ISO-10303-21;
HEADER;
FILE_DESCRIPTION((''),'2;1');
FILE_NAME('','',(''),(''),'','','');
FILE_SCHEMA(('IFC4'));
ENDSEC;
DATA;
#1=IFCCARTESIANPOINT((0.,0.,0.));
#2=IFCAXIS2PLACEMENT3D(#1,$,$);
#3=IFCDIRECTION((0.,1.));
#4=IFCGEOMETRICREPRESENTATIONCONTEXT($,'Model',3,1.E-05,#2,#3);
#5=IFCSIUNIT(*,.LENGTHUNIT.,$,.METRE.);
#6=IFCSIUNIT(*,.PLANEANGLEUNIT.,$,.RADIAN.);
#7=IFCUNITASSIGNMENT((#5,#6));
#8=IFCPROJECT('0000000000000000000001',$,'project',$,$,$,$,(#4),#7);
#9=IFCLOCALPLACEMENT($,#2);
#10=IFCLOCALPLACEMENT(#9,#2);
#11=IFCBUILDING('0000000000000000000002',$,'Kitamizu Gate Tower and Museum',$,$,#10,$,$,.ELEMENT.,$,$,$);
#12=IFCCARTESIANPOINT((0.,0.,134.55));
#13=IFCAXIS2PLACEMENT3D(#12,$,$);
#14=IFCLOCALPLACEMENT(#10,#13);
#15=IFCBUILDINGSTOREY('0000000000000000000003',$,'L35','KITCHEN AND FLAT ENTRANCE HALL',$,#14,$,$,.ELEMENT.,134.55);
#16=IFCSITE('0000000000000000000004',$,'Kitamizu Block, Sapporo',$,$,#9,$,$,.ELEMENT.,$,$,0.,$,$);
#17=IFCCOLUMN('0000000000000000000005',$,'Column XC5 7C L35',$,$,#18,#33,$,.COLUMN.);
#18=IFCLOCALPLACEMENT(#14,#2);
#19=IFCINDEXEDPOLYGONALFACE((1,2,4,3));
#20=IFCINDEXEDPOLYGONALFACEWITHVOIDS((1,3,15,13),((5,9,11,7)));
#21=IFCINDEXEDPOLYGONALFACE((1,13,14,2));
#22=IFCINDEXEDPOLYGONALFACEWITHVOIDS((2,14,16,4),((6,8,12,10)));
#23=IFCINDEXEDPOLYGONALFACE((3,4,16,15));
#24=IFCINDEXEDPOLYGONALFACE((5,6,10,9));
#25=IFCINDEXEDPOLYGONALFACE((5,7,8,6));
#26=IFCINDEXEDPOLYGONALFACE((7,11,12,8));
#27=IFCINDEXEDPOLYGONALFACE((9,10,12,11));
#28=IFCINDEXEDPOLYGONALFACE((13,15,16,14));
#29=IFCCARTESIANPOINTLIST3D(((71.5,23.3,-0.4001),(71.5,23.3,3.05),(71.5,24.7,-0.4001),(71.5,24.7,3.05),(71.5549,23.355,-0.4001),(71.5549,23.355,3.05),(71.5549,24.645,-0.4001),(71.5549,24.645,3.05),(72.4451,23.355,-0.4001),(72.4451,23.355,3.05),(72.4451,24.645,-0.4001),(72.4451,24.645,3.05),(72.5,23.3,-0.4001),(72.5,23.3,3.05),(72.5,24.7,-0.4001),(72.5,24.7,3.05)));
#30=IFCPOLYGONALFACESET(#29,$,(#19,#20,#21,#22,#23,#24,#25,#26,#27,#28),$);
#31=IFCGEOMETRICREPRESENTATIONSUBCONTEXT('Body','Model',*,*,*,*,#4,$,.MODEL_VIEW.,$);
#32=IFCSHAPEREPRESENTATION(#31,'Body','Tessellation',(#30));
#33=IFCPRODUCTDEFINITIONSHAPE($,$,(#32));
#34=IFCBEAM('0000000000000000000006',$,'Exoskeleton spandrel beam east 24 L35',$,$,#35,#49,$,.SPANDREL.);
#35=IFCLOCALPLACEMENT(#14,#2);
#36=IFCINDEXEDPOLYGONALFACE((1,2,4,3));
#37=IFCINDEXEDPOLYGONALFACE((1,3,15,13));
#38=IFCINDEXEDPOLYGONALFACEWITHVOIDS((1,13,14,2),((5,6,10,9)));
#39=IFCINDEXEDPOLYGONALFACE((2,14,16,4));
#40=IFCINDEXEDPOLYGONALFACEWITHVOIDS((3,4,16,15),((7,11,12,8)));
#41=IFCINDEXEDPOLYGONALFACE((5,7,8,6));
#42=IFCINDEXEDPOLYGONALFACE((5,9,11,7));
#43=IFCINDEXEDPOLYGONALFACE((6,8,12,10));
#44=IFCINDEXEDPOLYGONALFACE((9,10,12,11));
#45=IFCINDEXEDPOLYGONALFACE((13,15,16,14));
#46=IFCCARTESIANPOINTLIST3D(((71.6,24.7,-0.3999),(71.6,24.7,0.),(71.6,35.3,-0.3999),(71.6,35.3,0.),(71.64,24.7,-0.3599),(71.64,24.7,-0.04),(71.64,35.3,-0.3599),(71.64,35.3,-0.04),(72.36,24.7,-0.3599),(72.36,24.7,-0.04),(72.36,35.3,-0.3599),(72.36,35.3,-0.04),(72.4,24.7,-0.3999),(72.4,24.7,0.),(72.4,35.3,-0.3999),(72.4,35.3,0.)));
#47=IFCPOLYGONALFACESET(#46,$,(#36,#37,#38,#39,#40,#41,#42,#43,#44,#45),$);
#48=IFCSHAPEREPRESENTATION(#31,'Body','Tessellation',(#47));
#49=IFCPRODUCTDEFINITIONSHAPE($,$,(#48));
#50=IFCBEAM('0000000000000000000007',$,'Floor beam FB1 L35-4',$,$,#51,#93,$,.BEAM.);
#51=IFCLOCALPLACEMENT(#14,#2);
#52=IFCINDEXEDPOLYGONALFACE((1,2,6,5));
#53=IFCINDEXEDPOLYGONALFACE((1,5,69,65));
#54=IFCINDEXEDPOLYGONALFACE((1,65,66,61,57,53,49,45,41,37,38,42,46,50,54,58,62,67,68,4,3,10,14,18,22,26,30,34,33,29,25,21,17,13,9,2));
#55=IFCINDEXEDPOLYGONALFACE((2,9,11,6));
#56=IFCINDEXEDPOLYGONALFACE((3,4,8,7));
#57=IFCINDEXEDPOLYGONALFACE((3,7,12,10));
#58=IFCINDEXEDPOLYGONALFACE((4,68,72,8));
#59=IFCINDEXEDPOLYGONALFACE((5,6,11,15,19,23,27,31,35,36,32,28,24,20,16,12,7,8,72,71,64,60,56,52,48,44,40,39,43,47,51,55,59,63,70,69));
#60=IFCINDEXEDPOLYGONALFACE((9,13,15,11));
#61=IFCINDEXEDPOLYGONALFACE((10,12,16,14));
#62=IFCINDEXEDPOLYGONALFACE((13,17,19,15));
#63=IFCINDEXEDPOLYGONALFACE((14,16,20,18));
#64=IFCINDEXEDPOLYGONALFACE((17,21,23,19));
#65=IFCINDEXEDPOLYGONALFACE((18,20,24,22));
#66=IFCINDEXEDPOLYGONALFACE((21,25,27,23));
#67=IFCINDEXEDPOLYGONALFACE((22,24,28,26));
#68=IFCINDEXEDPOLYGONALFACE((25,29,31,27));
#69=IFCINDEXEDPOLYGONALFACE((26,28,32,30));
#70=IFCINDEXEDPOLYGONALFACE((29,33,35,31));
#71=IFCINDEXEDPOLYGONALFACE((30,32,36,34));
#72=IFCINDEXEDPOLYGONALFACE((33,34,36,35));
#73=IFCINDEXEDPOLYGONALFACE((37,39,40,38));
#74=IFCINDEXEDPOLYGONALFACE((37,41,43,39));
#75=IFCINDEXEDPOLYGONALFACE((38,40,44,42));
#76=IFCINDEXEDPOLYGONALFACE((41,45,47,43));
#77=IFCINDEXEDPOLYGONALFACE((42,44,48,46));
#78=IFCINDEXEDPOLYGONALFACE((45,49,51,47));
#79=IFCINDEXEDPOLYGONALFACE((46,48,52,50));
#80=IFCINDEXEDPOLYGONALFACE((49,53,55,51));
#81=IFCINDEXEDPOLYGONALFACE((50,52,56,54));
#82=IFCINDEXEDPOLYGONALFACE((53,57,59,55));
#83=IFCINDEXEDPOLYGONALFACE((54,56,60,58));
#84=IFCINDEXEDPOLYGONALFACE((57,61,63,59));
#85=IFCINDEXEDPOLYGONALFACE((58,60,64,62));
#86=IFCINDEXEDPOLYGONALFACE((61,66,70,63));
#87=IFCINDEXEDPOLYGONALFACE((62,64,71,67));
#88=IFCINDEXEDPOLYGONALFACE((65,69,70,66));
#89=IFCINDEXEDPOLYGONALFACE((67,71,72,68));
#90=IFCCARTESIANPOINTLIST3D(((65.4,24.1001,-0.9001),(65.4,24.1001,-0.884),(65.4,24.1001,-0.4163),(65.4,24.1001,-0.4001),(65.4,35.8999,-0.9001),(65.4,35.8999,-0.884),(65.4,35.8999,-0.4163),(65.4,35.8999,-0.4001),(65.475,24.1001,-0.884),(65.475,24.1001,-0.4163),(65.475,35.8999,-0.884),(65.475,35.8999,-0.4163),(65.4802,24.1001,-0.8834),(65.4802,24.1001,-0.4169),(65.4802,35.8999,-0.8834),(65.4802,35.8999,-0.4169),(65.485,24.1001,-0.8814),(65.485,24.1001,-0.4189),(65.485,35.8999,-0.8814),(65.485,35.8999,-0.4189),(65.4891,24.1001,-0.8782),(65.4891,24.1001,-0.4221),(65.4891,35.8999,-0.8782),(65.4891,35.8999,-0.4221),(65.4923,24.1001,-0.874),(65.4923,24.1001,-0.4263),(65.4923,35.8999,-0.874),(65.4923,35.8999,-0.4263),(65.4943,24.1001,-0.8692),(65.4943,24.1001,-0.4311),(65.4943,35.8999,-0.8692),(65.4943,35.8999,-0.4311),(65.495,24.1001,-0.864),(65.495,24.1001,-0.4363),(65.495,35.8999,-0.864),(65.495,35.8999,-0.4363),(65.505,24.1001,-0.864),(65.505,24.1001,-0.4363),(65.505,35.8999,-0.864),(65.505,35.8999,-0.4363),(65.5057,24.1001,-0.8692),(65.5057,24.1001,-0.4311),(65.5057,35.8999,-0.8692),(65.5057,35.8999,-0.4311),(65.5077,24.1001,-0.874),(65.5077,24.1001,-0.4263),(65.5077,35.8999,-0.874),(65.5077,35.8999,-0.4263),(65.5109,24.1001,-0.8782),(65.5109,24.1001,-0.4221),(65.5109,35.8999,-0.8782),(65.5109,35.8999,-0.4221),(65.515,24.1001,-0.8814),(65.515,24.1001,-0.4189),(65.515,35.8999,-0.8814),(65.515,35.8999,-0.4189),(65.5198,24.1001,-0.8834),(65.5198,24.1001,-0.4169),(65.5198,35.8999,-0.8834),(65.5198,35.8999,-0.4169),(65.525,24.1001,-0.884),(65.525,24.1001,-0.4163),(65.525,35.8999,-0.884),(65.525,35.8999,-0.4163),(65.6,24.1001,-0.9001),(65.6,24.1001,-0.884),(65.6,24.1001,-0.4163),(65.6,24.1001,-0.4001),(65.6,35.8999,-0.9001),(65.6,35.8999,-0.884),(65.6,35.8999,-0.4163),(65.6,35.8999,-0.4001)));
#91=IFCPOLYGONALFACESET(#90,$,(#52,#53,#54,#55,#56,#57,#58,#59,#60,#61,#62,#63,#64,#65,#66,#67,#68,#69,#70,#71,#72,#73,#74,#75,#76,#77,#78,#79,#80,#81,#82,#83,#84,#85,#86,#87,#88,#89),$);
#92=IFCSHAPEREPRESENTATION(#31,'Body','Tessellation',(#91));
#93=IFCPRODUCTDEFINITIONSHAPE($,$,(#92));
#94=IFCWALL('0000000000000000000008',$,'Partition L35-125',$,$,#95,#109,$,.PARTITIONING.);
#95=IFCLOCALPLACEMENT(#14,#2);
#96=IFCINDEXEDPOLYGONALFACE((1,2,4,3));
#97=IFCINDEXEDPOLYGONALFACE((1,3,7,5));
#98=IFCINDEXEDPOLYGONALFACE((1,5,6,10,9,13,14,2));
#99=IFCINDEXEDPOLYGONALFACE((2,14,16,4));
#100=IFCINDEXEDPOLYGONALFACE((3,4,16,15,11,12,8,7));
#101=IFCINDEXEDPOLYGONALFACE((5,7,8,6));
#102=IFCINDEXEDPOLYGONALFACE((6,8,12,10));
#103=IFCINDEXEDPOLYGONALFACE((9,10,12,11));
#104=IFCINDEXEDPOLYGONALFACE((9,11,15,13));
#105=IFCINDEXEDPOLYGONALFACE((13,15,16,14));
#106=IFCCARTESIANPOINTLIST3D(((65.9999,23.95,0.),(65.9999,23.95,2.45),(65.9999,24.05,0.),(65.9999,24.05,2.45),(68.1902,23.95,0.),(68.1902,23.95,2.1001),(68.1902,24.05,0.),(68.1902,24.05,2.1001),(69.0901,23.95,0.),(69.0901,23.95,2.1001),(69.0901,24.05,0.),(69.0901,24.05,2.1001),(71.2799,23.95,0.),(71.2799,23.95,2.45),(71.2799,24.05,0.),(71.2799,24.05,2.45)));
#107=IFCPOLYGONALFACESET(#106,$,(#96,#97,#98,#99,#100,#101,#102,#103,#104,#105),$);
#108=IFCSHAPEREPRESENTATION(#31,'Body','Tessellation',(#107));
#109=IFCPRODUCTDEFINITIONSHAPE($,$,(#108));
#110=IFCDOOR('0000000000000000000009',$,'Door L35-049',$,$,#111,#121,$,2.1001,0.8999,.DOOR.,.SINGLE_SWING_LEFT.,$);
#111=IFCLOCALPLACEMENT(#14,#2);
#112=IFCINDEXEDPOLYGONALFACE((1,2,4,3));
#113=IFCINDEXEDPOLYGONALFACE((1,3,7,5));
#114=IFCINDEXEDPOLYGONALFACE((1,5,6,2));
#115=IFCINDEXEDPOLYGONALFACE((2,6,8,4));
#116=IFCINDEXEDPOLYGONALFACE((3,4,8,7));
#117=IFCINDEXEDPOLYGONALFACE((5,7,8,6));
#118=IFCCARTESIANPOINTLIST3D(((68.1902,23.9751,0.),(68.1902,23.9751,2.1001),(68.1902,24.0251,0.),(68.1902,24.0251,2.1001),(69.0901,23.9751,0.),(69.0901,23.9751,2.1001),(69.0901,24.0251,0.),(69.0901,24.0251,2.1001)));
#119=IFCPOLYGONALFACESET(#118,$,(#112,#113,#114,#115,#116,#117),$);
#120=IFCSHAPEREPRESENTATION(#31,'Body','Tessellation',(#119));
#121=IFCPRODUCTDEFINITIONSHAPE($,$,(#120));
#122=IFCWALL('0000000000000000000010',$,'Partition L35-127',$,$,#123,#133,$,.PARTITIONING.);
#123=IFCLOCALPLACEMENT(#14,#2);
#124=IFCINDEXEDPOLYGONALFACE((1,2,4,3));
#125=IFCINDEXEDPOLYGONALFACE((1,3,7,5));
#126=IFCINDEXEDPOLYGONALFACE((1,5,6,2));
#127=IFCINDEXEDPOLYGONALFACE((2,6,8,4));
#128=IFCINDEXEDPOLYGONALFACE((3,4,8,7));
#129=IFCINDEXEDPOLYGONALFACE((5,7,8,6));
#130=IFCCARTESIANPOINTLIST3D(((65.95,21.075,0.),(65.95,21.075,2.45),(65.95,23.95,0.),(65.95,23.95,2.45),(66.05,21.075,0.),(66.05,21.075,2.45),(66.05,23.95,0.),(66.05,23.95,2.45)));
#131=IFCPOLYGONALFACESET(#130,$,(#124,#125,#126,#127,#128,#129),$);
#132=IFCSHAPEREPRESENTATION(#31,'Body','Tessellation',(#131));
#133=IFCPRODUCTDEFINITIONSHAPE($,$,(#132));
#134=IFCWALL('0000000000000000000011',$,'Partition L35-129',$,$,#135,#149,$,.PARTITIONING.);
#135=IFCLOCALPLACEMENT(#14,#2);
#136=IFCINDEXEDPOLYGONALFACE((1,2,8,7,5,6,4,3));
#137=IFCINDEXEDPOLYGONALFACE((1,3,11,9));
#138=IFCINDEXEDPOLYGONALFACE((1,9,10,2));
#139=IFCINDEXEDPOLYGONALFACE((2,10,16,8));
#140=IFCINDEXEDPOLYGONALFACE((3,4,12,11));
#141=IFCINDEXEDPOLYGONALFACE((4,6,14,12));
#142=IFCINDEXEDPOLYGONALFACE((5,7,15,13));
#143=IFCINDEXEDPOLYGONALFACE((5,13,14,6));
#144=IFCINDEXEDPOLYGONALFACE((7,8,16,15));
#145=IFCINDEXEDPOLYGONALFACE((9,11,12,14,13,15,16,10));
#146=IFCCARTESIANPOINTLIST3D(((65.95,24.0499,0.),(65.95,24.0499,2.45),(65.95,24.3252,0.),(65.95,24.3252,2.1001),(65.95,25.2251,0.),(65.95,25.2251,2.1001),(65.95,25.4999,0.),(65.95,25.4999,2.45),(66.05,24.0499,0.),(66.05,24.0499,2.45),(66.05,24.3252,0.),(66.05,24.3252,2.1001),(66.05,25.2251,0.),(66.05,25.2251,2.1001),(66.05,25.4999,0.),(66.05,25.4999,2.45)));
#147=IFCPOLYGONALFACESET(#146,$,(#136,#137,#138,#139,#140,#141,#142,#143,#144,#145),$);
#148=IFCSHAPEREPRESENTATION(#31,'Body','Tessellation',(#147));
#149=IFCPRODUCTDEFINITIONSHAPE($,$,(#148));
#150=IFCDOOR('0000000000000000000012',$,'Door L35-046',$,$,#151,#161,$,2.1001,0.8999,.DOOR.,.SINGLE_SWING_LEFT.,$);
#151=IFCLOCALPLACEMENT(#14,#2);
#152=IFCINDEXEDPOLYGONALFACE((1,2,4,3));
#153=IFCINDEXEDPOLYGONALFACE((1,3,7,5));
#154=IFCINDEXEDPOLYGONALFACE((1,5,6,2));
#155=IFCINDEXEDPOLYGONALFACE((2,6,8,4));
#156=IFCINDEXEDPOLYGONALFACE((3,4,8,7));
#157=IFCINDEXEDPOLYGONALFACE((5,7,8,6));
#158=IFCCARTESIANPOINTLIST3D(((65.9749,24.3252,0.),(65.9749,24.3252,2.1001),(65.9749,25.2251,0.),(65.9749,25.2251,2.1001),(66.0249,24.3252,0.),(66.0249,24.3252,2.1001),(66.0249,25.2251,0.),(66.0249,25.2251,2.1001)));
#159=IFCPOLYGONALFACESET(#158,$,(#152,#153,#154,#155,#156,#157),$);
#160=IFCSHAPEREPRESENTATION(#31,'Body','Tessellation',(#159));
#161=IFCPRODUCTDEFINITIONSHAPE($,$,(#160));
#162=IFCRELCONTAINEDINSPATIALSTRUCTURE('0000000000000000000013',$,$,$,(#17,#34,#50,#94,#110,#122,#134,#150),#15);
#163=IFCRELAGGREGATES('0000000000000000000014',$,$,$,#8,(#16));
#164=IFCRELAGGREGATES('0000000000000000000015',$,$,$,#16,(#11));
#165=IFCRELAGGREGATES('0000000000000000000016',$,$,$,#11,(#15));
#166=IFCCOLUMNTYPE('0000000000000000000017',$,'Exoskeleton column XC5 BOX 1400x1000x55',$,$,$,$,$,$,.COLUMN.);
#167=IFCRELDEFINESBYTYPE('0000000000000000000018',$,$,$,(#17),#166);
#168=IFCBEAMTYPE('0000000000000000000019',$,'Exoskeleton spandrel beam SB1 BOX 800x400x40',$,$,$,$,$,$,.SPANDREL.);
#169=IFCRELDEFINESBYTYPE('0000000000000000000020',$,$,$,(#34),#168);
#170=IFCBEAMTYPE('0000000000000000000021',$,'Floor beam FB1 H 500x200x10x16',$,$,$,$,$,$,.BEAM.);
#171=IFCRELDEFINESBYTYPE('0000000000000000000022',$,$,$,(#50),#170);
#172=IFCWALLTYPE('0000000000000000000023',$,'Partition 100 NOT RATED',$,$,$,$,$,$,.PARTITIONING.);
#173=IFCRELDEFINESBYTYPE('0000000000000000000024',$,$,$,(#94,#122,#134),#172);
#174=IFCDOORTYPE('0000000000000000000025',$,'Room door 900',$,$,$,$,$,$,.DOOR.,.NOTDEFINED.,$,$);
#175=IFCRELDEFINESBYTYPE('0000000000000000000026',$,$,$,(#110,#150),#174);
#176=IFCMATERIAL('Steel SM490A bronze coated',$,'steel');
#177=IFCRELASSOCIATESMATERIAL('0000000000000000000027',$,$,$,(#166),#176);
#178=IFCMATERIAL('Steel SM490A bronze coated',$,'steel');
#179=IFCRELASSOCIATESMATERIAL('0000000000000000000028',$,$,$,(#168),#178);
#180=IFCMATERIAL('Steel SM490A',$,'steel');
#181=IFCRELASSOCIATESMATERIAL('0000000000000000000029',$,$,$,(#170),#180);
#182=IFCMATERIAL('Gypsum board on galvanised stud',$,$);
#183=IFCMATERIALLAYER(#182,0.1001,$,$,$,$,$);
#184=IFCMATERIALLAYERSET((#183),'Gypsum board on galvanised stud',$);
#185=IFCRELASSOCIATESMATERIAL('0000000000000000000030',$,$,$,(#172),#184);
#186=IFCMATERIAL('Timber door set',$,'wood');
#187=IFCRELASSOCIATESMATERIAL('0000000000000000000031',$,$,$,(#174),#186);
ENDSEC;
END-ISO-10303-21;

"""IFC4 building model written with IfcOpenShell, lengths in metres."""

from ifc_helpers import new_model, si_unit, direction, frame, frame_2d, origin, origin_2d, place, context, subcontext, project, spatial, rectangle, hollow_rectangle, i_section, extrude, material, layer, layer_set, material_profile, profile_set, type_object, element, fill, save


model = new_model("IFC4")

# Units and contexts
model_context = context("Model", 3, precision=1e-05, world=origin(), true_north=direction((0.0, 1.0)))
body_context = subcontext(model_context, "Body", "Model", "MODEL_VIEW")
ifc_project = project(units=[si_unit("LENGTHUNIT", "METRE"), si_unit("PLANEANGLEUNIT", "RADIAN")], contexts=[model_context])

# Site, building, storey
site_placement = place(None, origin())
site = spatial("IfcSite", under=ifc_project, at=site_placement, Name="Kitamizu Block, Sapporo", CompositionType="ELEMENT", RefElevation=0.0)
building_placement = place(site_placement, origin())
building = spatial("IfcBuilding", under=site, at=building_placement, Name="Kitamizu Gate Tower and Museum", CompositionType="ELEMENT")
storey_placement = place(building_placement, frame((0.0, 0.0, 134.55)))
storey = spatial("IfcBuildingStorey", under=building, at=storey_placement, Name="L35", Description="KITCHEN AND FLAT ENTRANCE HALL", CompositionType="ELEMENT", Elevation=134.55)

# Column
ifc_material_1 = material(Name="Steel SM490A bronze coated", Category="steel")
ifc_material_profile_1 = material_profile(ifc_material_1, hollow_rectangle(XDim=1.3999, YDim=1.0, WallThickness=0.0549, at=origin_2d()), Name="BOX 1400x1000x55")
ifc_profile_set_1 = profile_set([ifc_material_profile_1], Name="Steel SM490A bronze coated")
column_type = type_object("IfcColumnType", Name="Exoskeleton column XC5 BOX 1400x1000x55", PredefinedType="COLUMN", material=ifc_profile_set_1)
column_placement = place(storey_placement, frame((72.0, 24.0, -0.4001), z_axis=(0.0, 0.0, 1.0), x_axis=(0.0, 1.0, 0.0)))
element("IfcColumn", 1, at=column_placement, inside=storey, type_object=column_type, Name="Column XC5 7C L35", PredefinedType="COLUMN", context=body_context, shape_type="SweptSolid", body=[
    extrude(hollow_rectangle(XDim=1.3999, YDim=1.0, WallThickness=0.0549, at=origin_2d()), origin(), (0.0, 0.0, 1.0), 3.4502),
])

# Beams
ifc_material_2 = material(Name="Steel SM490A bronze coated", Category="steel")
ifc_material_profile_2 = material_profile(ifc_material_2, hollow_rectangle(XDim=0.8, YDim=0.3999, WallThickness=0.04, at=origin_2d()), Name="BOX 800x400x40")
ifc_profile_set_2 = profile_set([ifc_material_profile_2], Name="Steel SM490A bronze coated")
beam_type_1 = type_object("IfcBeamType", Name="Exoskeleton spandrel beam SB1 BOX 800x400x40", PredefinedType="SPANDREL", material=ifc_profile_set_2)
beam_1_placement = place(storey_placement, frame((72.0, 24.7, -0.2), z_axis=(0.0, 1.0, 0.0), x_axis=(-1.0, 0.0, 0.0)))
element("IfcBeam", 2, at=beam_1_placement, inside=storey, type_object=beam_type_1, Name="Exoskeleton spandrel beam east 24 L35", PredefinedType="SPANDREL", context=body_context, shape_type="SweptSolid", body=[
    extrude(hollow_rectangle(XDim=0.8, YDim=0.3999, WallThickness=0.04, at=origin_2d()), origin(), (0.0, 0.0, 1.0), 10.6001),
])
ifc_material_3 = material(Name="Steel SM490A", Category="steel")
ifc_material_profile_3 = material_profile(ifc_material_3, i_section(OverallWidth=0.2, OverallDepth=0.5, WebThickness=0.01, FlangeThickness=0.0161, FilletRadius=0.02, at=origin_2d()), Name="H-500x200x10x16")
ifc_profile_set_3 = profile_set([ifc_material_profile_3], Name="Steel SM490A")
beam_type_2 = type_object("IfcBeamType", Name="Floor beam FB1 H 500x200x10x16", PredefinedType="BEAM", material=ifc_profile_set_3)
beam_2_placement = place(storey_placement, frame((65.5, 24.1001, -0.6501), z_axis=(0.0, 1.0, 0.0), x_axis=(-1.0, 0.0, 0.0)))
element("IfcBeam", 3, at=beam_2_placement, inside=storey, type_object=beam_type_2, Name="Floor beam FB1 L35-4", PredefinedType="BEAM", context=body_context, shape_type="SweptSolid", body=[
    extrude(i_section(OverallWidth=0.2, OverallDepth=0.5, WebThickness=0.01, FlangeThickness=0.0161, FilletRadius=0.02, at=origin_2d()), origin(), (0.0, 0.0, 1.0), 11.7998),
])

# Wall, opening, door
ifc_material_4 = material(Name="Gypsum board on galvanised stud")
ifc_layer_1 = layer(ifc_material_4, 0.1001)
ifc_layer_set_1 = layer_set([ifc_layer_1], Name="Gypsum board on galvanised stud")
wall_type_1 = type_object("IfcWallType", Name="Partition 100 NOT RATED", PredefinedType="PARTITIONING", material=ifc_layer_set_1)
wall_1_placement = place(storey_placement, frame((71.28, 24.0, 0.0), z_axis=(0.0, 0.0, 1.0), x_axis=(-1.0, 0.0, 0.0)))
wall_1 = element("IfcWall", 4, at=wall_1_placement, inside=storey, type_object=wall_type_1, Name="Partition L35-125", PredefinedType="PARTITIONING", context=body_context, shape_type="SweptSolid", body=[
    extrude(rectangle(XDim=5.28, YDim=0.1001, at=frame_2d((2.6401, 0.0))), origin(), (0.0, 0.0, 1.0), 2.45),
])
opening_1_placement = place(wall_1_placement, frame((2.1899, 0.0, 0.0)))
opening_1 = element("IfcOpeningElement", 5, at=opening_1_placement, cuts=wall_1, PredefinedType="OPENING", context=body_context, shape_type="SweptSolid", body=[
    extrude(rectangle(XDim=0.8999, YDim=2.1001, at=frame_2d((0.45, 1.05))), frame((0.0, 0.0601, 0.0), z_axis=(0.0, -1.0, 0.0), x_axis=(1.0, 0.0, 0.0)), (0.0, 0.0, 1.0), 0.1201),
])
ifc_material_5 = material(Name="Timber door set", Category="wood")
door_type_1 = type_object("IfcDoorType", Name="Room door 900", OperationType="NOTDEFINED", PredefinedType="DOOR", material=ifc_material_5)
door_1_placement = place(opening_1_placement, origin())
door_1 = element("IfcDoor", 6, at=door_1_placement, inside=storey, type_object=door_type_1, Name="Door L35-049", OperationType="SINGLE_SWING_LEFT", OverallHeight=2.1001, OverallWidth=0.8999, PredefinedType="DOOR", context=body_context, shape_type="SweptSolid", body=[
    extrude(rectangle(XDim=0.8999, YDim=2.1001, at=frame_2d((0.45, 1.05))), frame((0.0, 0.0249, 0.0), z_axis=(0.0, -1.0, 0.0), x_axis=(1.0, 0.0, 0.0)), (0.0, 0.0, 1.0), 0.05),
])
fill(opening_1, door_1)

# Wall
wall_2_placement = place(storey_placement, frame((66.0, 23.95, 0.0), z_axis=(0.0, 0.0, 1.0), x_axis=(0.0, -1.0, 0.0)))
element("IfcWall", 7, at=wall_2_placement, inside=storey, type_object=wall_type_1, Name="Partition L35-127", PredefinedType="PARTITIONING", context=body_context, shape_type="SweptSolid", body=[
    extrude(rectangle(XDim=2.875, YDim=0.1001, at=frame_2d((1.4375, 0.0))), origin(), (0.0, 0.0, 1.0), 2.45),
])

# Wall, opening, door
wall_3_placement = place(storey_placement, frame((66.0, 25.5, 0.0), z_axis=(0.0, 0.0, 1.0), x_axis=(0.0, -1.0, 0.0)))
wall_3 = element("IfcWall", 8, at=wall_3_placement, inside=storey, type_object=wall_type_1, Name="Partition L35-129", PredefinedType="PARTITIONING", context=body_context, shape_type="SweptSolid", body=[
    extrude(rectangle(XDim=1.45, YDim=0.1001, at=frame_2d((0.7251, 0.0))), origin(), (0.0, 0.0, 1.0), 2.45),
])
opening_2_placement = place(wall_3_placement, frame((0.2749, 0.0, 0.0)))
opening_2 = element("IfcOpeningElement", 9, at=opening_2_placement, cuts=wall_3, PredefinedType="OPENING", context=body_context, shape_type="SweptSolid", body=[
    extrude(rectangle(XDim=0.8999, YDim=2.1001, at=frame_2d((0.45, 1.05))), frame((0.0, 0.0601, 0.0), z_axis=(0.0, -1.0, 0.0), x_axis=(1.0, 0.0, 0.0)), (0.0, 0.0, 1.0), 0.1201),
])
door_2_placement = place(opening_2_placement, origin())
door_2 = element("IfcDoor", 10, at=door_2_placement, inside=storey, type_object=door_type_1, Name="Door L35-046", OperationType="SINGLE_SWING_LEFT", OverallHeight=2.1001, OverallWidth=0.8999, PredefinedType="DOOR", context=body_context, shape_type="SweptSolid", body=[
    extrude(rectangle(XDim=0.8999, YDim=2.1001, at=frame_2d((0.45, 1.05))), frame((0.0, 0.0249, 0.0), z_axis=(0.0, -1.0, 0.0), x_axis=(1.0, 0.0, 0.0)), (0.0, 0.0, 1.0), 0.05),
])
fill(opening_2, door_2)

save(model, "model.ifc")
